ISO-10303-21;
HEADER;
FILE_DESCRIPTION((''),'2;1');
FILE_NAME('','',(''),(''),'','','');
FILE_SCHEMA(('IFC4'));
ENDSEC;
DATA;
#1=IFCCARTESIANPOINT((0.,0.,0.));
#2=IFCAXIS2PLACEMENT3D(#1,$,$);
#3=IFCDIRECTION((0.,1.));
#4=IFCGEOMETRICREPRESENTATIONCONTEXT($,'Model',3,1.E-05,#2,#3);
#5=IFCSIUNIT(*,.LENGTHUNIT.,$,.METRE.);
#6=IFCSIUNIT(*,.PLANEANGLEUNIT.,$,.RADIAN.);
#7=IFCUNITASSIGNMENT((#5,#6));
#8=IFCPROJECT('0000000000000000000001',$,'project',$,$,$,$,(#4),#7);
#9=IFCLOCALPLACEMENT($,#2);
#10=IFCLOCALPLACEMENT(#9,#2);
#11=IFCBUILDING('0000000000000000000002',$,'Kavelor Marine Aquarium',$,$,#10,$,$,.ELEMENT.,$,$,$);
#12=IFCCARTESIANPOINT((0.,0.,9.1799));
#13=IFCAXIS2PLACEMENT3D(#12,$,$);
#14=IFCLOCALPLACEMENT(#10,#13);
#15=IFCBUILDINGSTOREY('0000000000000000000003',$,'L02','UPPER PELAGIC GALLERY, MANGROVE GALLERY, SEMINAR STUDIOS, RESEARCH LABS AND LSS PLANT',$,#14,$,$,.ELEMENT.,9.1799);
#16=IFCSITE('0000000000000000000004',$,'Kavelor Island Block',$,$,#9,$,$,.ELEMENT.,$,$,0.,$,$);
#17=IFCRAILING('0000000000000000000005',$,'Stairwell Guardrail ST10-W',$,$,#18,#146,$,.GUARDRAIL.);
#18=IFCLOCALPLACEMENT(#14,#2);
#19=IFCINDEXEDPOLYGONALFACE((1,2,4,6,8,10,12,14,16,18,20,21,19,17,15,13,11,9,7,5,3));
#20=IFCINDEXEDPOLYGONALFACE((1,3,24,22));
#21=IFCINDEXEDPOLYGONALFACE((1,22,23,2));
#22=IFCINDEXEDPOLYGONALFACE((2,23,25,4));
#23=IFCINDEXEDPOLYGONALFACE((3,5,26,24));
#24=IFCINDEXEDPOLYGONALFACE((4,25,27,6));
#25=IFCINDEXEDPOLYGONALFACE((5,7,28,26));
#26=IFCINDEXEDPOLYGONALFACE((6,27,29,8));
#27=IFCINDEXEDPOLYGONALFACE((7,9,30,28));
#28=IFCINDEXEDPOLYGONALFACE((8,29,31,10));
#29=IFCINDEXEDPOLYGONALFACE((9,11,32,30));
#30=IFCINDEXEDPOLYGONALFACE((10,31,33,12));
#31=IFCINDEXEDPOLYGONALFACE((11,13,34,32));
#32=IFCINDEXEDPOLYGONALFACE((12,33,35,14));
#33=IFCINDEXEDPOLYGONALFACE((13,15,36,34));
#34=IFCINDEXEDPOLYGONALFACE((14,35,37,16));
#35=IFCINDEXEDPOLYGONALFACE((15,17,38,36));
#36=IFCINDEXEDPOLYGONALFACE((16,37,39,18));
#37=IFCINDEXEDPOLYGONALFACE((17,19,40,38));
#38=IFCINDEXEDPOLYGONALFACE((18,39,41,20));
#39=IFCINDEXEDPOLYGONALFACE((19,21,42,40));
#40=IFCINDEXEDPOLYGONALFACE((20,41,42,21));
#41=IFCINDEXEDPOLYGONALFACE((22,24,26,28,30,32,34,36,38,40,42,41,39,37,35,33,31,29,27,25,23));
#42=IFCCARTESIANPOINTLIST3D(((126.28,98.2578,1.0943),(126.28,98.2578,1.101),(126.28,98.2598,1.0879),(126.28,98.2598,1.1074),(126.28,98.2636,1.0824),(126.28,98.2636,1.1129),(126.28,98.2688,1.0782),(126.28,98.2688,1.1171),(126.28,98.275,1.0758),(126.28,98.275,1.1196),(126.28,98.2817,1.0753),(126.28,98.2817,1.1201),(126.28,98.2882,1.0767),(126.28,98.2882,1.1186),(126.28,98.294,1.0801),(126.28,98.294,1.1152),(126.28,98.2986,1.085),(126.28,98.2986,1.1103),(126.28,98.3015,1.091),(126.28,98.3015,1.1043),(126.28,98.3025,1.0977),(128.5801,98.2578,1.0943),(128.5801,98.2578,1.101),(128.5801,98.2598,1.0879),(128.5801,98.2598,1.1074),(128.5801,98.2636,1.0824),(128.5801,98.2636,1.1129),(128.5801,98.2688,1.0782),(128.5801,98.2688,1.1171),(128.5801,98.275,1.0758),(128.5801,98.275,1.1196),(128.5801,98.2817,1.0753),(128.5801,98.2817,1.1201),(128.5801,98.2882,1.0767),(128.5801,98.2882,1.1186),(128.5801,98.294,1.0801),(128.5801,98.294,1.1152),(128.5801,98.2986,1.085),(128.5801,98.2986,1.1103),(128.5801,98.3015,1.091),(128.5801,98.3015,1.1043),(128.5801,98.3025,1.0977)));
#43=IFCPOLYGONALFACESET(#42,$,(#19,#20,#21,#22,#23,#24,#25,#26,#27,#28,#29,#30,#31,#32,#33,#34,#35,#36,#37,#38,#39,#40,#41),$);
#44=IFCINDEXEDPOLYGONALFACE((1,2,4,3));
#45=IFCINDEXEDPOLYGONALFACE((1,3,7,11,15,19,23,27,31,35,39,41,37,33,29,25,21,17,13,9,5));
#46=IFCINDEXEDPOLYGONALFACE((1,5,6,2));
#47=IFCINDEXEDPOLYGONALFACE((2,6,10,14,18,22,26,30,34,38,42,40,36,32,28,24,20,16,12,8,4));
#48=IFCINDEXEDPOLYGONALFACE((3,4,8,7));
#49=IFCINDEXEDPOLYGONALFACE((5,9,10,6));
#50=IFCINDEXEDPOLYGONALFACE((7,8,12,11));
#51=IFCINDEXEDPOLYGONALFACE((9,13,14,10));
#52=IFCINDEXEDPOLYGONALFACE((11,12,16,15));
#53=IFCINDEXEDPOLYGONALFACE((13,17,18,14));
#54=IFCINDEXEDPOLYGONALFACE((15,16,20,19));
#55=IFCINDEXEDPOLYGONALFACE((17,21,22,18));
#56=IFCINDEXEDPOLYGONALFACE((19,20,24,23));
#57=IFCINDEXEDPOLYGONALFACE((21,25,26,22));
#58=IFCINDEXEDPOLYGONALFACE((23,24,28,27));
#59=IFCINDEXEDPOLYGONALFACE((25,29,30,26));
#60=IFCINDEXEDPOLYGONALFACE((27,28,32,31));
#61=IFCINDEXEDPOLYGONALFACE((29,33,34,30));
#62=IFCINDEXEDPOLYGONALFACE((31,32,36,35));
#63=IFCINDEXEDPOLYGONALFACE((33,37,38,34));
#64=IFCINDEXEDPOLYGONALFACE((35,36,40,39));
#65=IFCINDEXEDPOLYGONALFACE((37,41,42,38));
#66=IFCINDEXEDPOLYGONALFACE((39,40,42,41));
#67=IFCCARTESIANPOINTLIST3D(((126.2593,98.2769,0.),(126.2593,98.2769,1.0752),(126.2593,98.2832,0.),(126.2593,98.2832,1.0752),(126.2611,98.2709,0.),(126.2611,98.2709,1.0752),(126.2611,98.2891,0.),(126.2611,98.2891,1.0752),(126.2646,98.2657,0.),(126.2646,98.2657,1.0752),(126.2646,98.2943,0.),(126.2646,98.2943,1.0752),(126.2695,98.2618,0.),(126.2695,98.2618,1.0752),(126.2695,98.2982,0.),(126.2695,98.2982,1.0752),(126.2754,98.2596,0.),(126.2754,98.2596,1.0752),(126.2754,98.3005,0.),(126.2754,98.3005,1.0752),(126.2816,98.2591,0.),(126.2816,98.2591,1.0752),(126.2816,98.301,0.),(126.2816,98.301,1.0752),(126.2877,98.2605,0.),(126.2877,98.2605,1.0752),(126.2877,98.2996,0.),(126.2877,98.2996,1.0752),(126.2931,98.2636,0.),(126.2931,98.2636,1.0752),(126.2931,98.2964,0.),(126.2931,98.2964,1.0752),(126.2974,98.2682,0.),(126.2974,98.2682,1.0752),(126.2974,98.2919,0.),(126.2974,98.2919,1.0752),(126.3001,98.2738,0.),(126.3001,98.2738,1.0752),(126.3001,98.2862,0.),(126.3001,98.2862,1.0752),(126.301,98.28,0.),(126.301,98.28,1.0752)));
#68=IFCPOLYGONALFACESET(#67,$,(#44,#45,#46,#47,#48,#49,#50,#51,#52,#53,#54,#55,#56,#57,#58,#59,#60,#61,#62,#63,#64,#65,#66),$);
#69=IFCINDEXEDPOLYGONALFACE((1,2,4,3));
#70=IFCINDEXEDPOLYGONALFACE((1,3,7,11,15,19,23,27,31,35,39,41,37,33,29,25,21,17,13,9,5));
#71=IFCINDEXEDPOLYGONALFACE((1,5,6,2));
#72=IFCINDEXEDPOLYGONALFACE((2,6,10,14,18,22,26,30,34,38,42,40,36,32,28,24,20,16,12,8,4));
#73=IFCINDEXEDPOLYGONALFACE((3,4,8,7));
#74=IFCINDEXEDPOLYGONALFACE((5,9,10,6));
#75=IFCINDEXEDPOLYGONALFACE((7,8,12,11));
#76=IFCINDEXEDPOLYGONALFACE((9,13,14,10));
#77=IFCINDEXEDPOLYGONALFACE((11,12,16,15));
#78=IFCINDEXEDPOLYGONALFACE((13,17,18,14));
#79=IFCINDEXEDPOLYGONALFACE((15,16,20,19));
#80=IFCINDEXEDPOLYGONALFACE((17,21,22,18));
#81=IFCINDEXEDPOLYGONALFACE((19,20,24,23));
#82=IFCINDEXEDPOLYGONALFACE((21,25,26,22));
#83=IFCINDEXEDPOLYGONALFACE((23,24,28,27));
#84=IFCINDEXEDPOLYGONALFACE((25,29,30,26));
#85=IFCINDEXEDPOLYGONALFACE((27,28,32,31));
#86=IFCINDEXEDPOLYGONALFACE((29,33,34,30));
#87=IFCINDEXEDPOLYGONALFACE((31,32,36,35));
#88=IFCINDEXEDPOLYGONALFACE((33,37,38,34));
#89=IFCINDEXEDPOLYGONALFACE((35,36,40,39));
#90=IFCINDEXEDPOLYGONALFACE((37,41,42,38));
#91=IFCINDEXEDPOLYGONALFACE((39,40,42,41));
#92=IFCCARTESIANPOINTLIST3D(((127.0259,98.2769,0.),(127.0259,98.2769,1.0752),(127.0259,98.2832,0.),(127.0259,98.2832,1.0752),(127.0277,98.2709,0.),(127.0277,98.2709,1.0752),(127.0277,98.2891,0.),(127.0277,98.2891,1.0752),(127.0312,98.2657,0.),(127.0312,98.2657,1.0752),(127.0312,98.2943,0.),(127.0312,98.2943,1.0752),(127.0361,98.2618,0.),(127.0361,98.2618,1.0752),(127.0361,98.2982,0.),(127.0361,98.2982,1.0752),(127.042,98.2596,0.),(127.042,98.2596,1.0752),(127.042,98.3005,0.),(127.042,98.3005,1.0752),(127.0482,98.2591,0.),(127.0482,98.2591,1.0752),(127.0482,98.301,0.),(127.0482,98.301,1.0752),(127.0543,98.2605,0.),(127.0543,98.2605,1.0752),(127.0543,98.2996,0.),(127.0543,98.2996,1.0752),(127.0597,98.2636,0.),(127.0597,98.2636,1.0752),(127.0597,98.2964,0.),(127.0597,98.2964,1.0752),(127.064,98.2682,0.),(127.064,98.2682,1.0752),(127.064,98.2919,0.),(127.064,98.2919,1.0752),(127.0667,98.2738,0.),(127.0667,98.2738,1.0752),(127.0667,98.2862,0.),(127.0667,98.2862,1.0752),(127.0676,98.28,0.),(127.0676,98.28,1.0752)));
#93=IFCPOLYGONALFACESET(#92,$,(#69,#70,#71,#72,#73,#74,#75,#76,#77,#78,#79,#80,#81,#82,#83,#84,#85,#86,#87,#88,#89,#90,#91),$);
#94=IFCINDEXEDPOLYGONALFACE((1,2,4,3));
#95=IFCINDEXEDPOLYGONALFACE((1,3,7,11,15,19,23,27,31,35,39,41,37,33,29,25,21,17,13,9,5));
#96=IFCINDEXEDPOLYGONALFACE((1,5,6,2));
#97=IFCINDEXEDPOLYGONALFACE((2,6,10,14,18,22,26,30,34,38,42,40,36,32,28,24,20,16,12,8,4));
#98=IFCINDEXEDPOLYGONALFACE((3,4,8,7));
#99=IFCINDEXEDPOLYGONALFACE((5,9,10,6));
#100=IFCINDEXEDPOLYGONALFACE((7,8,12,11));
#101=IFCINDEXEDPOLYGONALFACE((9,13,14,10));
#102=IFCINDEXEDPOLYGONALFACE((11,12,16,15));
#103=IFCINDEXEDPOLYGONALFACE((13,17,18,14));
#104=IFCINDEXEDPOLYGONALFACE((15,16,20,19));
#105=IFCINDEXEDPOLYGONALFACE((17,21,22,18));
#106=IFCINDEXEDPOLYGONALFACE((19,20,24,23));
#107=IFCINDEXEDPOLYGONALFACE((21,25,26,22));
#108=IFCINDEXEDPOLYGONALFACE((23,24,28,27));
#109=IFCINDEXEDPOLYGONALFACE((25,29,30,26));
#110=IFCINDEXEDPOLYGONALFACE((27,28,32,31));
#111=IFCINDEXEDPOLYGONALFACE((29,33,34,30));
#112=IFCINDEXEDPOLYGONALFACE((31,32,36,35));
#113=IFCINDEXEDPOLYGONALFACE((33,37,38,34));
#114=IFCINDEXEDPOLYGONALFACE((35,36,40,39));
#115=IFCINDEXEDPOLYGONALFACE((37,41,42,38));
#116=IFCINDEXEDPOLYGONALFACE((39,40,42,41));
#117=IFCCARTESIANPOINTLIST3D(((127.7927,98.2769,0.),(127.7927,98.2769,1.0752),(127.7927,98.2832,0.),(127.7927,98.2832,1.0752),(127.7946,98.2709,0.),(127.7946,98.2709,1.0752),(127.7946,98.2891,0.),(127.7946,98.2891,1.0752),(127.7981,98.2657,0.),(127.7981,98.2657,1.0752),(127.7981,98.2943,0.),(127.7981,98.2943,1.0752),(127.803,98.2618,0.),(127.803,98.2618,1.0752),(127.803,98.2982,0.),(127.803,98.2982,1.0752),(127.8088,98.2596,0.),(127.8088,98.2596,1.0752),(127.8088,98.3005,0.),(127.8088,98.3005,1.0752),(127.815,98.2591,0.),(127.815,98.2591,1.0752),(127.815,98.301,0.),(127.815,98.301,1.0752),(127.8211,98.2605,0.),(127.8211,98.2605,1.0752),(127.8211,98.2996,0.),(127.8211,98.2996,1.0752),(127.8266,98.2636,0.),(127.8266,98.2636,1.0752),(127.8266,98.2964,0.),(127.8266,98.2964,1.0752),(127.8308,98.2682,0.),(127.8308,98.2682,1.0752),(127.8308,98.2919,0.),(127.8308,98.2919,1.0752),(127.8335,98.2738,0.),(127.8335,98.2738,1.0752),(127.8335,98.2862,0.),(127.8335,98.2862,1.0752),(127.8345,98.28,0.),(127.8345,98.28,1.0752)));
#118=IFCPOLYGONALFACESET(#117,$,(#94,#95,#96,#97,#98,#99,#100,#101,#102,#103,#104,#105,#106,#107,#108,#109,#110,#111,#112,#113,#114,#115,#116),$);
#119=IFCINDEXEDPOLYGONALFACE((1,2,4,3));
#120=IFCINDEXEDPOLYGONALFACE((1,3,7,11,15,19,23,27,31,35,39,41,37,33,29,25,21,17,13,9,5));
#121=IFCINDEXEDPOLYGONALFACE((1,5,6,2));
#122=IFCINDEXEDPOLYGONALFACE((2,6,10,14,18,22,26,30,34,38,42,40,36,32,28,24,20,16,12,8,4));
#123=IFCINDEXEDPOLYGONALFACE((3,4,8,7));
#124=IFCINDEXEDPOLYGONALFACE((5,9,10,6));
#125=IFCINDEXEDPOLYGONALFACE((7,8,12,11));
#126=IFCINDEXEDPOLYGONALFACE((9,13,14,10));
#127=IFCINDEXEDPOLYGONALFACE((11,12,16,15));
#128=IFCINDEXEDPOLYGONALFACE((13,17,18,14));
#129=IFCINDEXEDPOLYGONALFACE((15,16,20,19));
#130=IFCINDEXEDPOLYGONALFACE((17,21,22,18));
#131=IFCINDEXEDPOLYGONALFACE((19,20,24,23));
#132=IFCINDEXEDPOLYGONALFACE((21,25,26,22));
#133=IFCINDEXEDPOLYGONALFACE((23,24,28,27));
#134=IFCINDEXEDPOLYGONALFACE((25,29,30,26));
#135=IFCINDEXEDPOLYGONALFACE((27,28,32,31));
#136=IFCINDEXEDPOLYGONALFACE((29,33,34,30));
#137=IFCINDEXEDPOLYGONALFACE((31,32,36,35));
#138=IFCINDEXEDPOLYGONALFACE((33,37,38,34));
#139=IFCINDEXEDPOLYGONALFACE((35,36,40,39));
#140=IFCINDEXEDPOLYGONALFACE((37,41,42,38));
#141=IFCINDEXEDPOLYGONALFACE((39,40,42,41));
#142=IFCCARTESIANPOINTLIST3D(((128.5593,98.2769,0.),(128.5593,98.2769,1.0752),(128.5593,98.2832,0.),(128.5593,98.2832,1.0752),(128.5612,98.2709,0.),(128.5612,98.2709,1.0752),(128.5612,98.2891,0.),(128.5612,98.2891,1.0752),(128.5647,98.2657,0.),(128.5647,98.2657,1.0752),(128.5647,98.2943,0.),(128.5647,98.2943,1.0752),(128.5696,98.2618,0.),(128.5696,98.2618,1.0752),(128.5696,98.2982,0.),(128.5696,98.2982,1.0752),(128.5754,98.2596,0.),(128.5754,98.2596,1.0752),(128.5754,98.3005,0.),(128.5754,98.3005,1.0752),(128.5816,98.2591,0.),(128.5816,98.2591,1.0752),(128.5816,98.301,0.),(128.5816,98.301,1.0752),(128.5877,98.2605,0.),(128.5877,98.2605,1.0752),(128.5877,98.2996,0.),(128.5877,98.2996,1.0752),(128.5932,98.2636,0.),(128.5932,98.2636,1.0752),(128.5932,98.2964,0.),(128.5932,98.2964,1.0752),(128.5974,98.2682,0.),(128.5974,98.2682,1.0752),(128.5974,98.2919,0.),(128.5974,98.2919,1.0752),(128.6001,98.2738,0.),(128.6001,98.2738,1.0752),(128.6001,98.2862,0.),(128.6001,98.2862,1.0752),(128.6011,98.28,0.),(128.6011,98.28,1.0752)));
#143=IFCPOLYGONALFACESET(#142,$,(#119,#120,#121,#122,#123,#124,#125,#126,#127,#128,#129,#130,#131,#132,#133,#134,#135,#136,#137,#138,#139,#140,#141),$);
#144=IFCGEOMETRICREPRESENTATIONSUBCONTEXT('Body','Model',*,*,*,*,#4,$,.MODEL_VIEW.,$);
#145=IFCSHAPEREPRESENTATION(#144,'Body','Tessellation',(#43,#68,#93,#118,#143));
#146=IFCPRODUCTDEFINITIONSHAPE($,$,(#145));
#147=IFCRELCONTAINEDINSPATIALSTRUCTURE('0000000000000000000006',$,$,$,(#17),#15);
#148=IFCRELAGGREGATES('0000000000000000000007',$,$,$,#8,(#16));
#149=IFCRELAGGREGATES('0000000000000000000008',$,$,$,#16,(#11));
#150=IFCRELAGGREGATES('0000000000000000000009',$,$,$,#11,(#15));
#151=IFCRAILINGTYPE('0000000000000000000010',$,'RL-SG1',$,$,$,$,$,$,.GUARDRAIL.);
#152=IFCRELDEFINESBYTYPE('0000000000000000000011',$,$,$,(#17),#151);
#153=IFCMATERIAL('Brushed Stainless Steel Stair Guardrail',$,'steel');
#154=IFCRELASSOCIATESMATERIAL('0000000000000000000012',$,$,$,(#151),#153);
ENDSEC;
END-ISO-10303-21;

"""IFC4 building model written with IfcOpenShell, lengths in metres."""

from ifc_helpers import new_model, si_unit, direction, frame, origin, origin_2d, place, context, subcontext, project, spatial, circle, extrude, material, type_object, element, save


model = new_model("IFC4")

# Units and contexts
model_context = context("Model", 3, precision=1e-05, world=origin(), true_north=direction((0.0, 1.0)))
body_context = subcontext(model_context, "Body", "Model", "MODEL_VIEW")
ifc_project = project(units=[si_unit("LENGTHUNIT", "METRE"), si_unit("PLANEANGLEUNIT", "RADIAN")], contexts=[model_context])

# Site, building, storey
site_placement = place(None, origin())
site = spatial("IfcSite", under=ifc_project, at=site_placement, Name="Kavelor Island Block", CompositionType="ELEMENT", RefElevation=0.0)
building_placement = place(site_placement, origin())
building = spatial("IfcBuilding", under=site, at=building_placement, Name="Kavelor Marine Aquarium", CompositionType="ELEMENT")
storey_placement = place(building_placement, frame((0.0, 0.0, 9.1799)))
storey = spatial("IfcBuildingStorey", under=building, at=storey_placement, Name="L02", Description="UPPER PELAGIC GALLERY, MANGROVE GALLERY, SEMINAR STUDIOS, RESEARCH LABS AND LSS PLANT", CompositionType="ELEMENT", Elevation=9.1799)

# Railing
ifc_material_1 = material(Name="Brushed Stainless Steel Stair Guardrail", Category="steel")
railing_type_1 = type_object("IfcRailingType", Name="RL-SG1", PredefinedType="GUARDRAIL", material=ifc_material_1)
railing_1_placement = place(storey_placement, frame((126.28, 98.28, 0.0)))
element("IfcRailing", 1, at=railing_1_placement, inside=storey, type_object=railing_type_1, Name="Stairwell Guardrail ST10-W", PredefinedType="GUARDRAIL", context=body_context, shape_type="SweptSolid", body=[
    extrude(circle(Radius=0.0225, at=origin_2d()), frame((0.0, 0.0, 1.0977), z_axis=(1.0, 0.0, 0.0), x_axis=(0.0, 1.0, 0.0)), (0.0, 0.0, 1.0), 2.3),
    extrude(circle(Radius=0.021, at=origin_2d()), origin(), (0.0, 0.0, 1.0), 1.0752),
    extrude(circle(Radius=0.021, at=origin_2d()), frame((0.7666, 0.0, 0.0)), (0.0, 0.0, 1.0), 1.0752),
    extrude(circle(Radius=0.021, at=origin_2d()), frame((1.5334, 0.0, 0.0)), (0.0, 0.0, 1.0), 1.0752),
    extrude(circle(Radius=0.021, at=origin_2d()), frame((2.3, 0.0, 0.0)), (0.0, 0.0, 1.0), 1.0752),
])

save(model, "model.ifc")
